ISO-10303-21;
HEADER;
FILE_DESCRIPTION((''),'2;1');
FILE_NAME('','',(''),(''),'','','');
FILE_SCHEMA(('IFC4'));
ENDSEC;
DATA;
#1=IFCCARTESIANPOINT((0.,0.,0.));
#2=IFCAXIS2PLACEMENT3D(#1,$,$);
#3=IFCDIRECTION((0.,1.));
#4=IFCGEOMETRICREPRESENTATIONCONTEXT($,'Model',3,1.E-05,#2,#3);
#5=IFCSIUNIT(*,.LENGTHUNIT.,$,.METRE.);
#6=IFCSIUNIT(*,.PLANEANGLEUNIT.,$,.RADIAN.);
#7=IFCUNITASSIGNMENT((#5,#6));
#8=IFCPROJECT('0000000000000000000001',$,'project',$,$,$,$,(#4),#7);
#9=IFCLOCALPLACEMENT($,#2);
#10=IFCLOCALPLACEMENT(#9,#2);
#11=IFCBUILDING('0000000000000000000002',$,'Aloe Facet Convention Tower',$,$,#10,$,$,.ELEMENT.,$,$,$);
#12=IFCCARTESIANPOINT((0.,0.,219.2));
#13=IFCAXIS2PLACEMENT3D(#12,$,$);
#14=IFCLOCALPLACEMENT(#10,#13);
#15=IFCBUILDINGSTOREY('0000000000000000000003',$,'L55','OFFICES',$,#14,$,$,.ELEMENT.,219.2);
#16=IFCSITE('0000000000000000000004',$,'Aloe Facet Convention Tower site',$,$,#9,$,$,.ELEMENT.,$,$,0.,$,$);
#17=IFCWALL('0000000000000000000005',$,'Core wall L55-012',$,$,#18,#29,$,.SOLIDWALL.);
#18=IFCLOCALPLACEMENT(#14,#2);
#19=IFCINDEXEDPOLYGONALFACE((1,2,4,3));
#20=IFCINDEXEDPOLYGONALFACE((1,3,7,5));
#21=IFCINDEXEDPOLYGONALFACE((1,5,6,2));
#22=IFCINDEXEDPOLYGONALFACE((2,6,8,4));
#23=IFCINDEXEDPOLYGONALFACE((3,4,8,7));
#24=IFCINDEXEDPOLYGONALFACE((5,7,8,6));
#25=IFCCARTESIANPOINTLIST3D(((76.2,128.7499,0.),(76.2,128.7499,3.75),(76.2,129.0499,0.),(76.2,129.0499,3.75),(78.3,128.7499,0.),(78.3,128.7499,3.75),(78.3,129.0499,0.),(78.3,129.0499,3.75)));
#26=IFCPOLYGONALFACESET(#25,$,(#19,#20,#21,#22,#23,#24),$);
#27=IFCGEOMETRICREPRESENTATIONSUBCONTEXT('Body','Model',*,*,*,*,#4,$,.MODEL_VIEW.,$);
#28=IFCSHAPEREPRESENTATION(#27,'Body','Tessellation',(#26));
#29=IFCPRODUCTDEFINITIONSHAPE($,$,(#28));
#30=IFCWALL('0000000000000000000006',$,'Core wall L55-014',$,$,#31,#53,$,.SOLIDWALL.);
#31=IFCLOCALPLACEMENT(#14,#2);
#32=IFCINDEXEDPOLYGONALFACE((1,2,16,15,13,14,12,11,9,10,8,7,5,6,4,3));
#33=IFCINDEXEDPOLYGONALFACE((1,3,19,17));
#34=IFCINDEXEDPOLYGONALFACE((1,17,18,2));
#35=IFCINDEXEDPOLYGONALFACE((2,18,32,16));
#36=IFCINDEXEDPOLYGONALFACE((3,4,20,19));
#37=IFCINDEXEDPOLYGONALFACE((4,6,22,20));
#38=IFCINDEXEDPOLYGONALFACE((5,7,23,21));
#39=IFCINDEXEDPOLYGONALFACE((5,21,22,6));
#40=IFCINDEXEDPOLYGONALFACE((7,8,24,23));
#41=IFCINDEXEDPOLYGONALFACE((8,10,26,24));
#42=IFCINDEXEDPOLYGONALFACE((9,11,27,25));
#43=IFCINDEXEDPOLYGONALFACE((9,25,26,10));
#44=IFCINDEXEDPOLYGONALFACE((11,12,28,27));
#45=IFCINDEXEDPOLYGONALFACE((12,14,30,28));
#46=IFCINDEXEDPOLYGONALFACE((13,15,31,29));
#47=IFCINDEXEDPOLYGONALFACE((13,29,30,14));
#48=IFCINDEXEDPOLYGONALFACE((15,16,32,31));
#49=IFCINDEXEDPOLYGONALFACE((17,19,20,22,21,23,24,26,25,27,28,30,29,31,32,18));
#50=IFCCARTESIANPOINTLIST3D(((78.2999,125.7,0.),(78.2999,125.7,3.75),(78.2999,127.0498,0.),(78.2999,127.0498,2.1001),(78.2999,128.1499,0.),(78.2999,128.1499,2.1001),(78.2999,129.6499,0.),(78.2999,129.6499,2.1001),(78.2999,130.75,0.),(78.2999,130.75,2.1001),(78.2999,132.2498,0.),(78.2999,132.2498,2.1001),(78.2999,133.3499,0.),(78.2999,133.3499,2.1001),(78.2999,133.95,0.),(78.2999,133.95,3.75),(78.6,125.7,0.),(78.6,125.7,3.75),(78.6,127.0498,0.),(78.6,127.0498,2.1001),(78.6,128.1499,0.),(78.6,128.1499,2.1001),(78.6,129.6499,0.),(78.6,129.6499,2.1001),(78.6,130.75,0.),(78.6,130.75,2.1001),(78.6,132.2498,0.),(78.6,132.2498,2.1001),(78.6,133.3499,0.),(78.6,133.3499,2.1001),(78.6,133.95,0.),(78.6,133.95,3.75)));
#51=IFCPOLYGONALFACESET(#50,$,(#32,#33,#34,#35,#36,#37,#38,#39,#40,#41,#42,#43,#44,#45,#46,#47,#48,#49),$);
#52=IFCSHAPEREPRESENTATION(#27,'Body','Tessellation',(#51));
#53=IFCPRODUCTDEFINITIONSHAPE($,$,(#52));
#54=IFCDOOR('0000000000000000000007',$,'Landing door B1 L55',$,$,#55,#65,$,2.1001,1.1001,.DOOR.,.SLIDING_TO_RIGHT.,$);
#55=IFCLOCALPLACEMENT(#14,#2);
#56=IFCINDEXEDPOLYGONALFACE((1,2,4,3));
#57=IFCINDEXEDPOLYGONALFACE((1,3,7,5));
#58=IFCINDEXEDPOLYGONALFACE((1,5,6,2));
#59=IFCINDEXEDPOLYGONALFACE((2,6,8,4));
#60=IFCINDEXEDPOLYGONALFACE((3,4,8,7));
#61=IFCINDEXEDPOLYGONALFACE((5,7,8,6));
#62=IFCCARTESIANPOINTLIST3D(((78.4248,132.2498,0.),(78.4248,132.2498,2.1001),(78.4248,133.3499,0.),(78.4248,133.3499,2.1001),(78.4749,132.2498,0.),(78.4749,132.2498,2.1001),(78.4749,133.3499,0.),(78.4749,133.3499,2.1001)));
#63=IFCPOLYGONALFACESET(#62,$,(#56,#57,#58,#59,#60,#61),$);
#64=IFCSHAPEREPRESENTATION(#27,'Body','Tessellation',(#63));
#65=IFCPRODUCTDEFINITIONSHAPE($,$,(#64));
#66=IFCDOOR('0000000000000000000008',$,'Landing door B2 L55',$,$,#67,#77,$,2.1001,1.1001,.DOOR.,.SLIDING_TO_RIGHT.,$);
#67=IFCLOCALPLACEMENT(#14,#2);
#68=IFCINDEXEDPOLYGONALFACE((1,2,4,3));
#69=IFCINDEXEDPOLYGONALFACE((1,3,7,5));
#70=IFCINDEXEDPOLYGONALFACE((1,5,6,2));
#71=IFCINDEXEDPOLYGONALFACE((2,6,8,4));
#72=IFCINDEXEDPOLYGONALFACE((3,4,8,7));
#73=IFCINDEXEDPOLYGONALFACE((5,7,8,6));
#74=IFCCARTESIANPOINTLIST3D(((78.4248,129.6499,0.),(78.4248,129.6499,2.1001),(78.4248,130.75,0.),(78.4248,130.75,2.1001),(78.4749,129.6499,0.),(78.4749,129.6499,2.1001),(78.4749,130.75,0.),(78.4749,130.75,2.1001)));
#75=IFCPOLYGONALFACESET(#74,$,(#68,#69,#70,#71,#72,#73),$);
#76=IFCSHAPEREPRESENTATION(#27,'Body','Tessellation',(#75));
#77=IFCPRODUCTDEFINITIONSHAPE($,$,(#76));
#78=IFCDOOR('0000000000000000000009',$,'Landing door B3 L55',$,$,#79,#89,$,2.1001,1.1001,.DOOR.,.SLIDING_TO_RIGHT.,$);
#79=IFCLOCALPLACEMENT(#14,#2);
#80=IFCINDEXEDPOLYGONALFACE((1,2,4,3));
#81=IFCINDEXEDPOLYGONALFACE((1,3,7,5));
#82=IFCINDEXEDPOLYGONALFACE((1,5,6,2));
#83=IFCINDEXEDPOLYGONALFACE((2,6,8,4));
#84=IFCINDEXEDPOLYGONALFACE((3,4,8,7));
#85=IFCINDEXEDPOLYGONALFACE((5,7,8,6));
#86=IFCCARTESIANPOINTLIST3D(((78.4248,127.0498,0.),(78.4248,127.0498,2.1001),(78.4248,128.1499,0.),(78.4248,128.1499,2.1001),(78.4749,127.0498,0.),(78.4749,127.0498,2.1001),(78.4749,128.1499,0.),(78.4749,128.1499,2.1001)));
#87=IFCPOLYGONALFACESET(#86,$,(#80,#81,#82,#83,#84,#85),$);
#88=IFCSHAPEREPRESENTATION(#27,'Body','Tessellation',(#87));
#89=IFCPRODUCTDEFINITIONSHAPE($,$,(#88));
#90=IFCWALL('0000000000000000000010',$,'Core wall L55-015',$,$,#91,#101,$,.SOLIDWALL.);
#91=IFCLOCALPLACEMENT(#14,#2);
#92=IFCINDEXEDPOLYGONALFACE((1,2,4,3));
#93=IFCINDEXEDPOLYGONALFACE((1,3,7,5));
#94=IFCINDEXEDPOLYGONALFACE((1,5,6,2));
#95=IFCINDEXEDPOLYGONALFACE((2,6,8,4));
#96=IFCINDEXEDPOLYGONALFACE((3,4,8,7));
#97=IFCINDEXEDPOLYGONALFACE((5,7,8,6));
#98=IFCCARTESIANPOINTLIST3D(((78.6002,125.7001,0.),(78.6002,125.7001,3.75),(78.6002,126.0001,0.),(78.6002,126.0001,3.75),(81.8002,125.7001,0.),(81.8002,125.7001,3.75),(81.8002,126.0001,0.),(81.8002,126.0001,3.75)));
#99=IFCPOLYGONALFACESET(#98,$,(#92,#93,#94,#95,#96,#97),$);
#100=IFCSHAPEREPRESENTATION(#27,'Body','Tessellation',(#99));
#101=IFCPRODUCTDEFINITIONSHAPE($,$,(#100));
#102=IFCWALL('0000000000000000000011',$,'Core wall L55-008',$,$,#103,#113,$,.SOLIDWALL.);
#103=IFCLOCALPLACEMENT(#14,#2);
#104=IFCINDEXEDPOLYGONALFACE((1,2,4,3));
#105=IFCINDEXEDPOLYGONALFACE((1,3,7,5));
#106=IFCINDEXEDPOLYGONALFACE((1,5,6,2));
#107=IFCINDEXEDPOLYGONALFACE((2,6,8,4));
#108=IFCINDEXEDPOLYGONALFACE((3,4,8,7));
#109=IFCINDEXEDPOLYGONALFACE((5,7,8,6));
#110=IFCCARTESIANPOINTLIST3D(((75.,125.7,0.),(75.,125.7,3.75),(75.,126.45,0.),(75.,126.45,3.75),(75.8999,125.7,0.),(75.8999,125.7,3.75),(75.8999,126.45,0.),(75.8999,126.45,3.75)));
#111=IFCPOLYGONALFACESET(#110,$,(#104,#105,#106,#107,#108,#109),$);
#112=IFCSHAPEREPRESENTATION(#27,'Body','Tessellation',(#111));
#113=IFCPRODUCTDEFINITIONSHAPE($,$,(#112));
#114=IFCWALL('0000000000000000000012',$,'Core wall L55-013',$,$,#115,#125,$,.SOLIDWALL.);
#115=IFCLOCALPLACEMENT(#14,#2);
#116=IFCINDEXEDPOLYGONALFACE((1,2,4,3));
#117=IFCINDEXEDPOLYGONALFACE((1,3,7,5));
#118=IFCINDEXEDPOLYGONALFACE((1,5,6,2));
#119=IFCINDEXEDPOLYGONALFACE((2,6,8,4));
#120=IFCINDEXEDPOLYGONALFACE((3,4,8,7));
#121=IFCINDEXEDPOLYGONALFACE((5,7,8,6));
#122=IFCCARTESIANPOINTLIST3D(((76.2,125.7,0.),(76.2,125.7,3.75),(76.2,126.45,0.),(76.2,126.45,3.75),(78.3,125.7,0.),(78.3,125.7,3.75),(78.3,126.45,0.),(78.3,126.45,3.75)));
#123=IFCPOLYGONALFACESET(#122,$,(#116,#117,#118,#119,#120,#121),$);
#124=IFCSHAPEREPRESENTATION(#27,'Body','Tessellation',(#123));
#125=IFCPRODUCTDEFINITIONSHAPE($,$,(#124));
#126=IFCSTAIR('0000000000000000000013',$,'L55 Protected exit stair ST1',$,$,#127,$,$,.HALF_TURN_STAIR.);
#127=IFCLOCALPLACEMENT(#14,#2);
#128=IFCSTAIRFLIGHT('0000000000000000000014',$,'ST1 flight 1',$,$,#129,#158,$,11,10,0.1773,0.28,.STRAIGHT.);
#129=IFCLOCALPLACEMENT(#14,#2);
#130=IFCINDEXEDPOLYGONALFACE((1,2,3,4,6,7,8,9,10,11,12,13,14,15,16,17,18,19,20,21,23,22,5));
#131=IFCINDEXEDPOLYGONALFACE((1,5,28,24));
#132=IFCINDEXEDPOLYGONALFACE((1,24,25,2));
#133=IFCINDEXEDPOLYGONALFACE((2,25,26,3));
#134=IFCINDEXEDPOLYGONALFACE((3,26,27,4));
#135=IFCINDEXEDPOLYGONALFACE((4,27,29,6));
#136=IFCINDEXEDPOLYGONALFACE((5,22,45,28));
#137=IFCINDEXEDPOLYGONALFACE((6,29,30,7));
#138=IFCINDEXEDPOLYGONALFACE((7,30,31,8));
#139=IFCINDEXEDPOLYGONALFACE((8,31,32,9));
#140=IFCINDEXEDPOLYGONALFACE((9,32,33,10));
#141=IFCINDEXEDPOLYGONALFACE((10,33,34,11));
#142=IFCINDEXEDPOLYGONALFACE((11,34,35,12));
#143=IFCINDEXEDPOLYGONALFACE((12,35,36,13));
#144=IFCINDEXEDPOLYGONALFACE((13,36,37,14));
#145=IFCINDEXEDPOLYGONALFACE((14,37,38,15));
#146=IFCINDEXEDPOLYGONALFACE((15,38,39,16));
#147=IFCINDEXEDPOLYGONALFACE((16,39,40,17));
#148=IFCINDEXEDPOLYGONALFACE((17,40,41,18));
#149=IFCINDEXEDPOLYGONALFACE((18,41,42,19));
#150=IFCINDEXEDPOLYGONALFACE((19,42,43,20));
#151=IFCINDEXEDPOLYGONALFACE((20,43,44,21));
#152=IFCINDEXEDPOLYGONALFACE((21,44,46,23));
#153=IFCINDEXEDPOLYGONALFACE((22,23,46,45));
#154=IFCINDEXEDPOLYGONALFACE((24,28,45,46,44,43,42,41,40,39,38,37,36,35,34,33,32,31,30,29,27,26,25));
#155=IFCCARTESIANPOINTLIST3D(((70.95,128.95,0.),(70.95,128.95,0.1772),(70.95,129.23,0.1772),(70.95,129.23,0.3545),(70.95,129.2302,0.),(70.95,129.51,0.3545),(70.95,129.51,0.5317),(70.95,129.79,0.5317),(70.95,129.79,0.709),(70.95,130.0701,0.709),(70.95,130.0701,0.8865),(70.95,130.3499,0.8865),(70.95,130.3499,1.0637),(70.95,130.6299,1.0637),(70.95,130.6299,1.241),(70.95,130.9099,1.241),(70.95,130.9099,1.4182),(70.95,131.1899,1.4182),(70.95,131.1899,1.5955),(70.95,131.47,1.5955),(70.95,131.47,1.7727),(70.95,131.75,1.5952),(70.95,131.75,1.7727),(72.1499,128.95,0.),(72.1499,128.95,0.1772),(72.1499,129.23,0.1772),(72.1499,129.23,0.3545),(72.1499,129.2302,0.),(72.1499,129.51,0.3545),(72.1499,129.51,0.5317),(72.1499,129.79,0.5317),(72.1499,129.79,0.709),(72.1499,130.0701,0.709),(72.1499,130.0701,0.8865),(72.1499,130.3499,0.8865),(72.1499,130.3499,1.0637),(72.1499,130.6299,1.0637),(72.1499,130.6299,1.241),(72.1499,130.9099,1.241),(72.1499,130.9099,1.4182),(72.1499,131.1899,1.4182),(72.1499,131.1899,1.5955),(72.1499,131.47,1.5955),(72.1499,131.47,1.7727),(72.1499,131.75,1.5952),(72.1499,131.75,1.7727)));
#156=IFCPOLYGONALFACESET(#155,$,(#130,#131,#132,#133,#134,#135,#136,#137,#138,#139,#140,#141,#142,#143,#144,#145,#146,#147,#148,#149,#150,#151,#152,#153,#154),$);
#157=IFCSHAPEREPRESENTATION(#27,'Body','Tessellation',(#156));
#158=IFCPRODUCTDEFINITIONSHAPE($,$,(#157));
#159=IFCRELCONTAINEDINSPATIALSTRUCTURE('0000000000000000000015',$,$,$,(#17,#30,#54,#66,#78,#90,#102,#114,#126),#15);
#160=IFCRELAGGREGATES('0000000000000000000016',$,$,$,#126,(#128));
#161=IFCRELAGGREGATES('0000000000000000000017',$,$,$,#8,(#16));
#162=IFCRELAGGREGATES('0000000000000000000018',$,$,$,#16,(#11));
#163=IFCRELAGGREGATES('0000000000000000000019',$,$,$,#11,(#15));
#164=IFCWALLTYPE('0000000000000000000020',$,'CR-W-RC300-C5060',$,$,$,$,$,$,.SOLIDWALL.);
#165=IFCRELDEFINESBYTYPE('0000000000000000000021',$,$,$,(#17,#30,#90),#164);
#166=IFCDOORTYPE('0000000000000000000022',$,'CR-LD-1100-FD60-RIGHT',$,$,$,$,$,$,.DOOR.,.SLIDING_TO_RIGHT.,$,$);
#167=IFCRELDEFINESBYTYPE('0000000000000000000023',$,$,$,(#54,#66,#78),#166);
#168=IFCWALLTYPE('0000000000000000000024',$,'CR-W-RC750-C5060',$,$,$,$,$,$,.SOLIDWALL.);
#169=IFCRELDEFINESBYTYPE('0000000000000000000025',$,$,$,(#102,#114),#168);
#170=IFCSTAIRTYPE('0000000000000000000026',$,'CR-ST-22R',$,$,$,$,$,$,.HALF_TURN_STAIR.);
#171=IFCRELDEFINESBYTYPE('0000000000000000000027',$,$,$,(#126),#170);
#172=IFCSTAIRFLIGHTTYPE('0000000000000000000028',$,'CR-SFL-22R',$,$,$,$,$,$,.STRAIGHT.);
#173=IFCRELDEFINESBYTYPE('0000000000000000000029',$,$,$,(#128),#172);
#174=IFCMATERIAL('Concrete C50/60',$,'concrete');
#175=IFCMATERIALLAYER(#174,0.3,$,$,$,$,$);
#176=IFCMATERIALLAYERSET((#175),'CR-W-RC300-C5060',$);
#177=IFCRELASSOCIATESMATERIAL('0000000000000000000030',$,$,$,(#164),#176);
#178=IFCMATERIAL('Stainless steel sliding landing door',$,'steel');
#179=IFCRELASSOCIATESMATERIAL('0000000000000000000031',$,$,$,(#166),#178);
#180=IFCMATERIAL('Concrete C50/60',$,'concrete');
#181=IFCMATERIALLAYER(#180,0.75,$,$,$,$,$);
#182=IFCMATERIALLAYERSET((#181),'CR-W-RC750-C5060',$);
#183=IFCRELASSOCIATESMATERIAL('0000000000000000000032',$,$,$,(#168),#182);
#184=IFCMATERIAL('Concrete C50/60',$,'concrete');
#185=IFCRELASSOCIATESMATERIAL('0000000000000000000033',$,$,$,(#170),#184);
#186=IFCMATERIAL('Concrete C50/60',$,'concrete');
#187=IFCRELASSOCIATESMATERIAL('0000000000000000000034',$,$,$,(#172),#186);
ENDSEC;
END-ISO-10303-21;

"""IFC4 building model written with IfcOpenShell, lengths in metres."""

from ifc_helpers import new_model, si_unit, direction, frame, frame_2d, origin, place, context, subcontext, project, spatial, polyline, rectangle, outline, extrude, material, layer, layer_set, type_object, element, fill, aggregate, save


model = new_model("IFC4")

# Units and contexts
model_context = context("Model", 3, precision=1e-05, world=origin(), true_north=direction((0.0, 1.0)))
body_context = subcontext(model_context, "Body", "Model", "MODEL_VIEW")
ifc_project = project(units=[si_unit("LENGTHUNIT", "METRE"), si_unit("PLANEANGLEUNIT", "RADIAN")], contexts=[model_context])

# Site, building, storey
site_placement = place(None, origin())
site = spatial("IfcSite", under=ifc_project, at=site_placement, Name="Aloe Facet Convention Tower site", CompositionType="ELEMENT", RefElevation=0.0)
building_placement = place(site_placement, origin())
building = spatial("IfcBuilding", under=site, at=building_placement, Name="Aloe Facet Convention Tower", CompositionType="ELEMENT")
storey_placement = place(building_placement, frame((0.0, 0.0, 219.2)))
storey = spatial("IfcBuildingStorey", under=building, at=storey_placement, Name="L55", Description="OFFICES", CompositionType="ELEMENT", Elevation=219.2)

# Shared definitions
ifc_material_1 = material(Name="Concrete C50/60", Category="concrete")
ifc_layer_1 = layer(ifc_material_1, 0.3)
ifc_layer_set_1 = layer_set([ifc_layer_1], Name="CR-W-RC300-C5060")
wall_type_1 = type_object("IfcWallType", Name="CR-W-RC300-C5060", PredefinedType="SOLIDWALL", material=ifc_layer_set_1)

# Wall
for number, where, z_axis, x_axis, name in (
    (1, (76.2, 128.8999, 0.0), (0.0, 0.0, 1.0), (1.0, 0.0, 0.0), "Core wall L55-012"),
):
    element("IfcWall", number, at=place(storey_placement, frame(where, z_axis=z_axis, x_axis=x_axis)), inside=storey, type_object=wall_type_1, Name=name, PredefinedType="SOLIDWALL", context=body_context, shape_type="SweptSolid", body=[
        extrude(rectangle(XDim=2.1001, YDim=0.3, at=frame_2d((1.05, 0.0))), origin(), (0.0, 0.0, 1.0), 3.75),
    ])

# Wall, openings, doors
wall_1_placement = place(storey_placement, frame((78.45, 133.95, 0.0), z_axis=(0.0, 0.0, 1.0), x_axis=(0.0, -1.0, 0.0)))
wall_1 = element("IfcWall", 2, at=wall_1_placement, inside=storey, type_object=wall_type_1, Name="Core wall L55-014", PredefinedType="SOLIDWALL", context=body_context, shape_type="SweptSolid", body=[
    extrude(rectangle(XDim=8.25, YDim=0.3, at=frame_2d((4.125, 0.0))), origin(), (0.0, 0.0, 1.0), 3.75),
])
opening_1_placement = place(wall_1_placement, frame((0.6001, 0.0, 0.0)))
opening_1 = element("IfcOpeningElement", 3, at=opening_1_placement, cuts=wall_1, PredefinedType="OPENING", context=body_context, shape_type="SweptSolid", body=[
    extrude(rectangle(XDim=1.1001, YDim=2.1001, at=frame_2d((0.55, 1.05))), frame((0.0, 0.1602, 0.0), z_axis=(0.0, -1.0, 0.0), x_axis=(1.0, 0.0, 0.0)), (0.0, 0.0, 1.0), 0.3201),
])
opening_2_placement = place(wall_1_placement, frame((3.2, 0.0, 0.0)))
opening_2 = element("IfcOpeningElement", 4, at=opening_2_placement, cuts=wall_1, PredefinedType="OPENING", context=body_context, shape_type="SweptSolid", body=[
    extrude(rectangle(XDim=1.1001, YDim=2.1001, at=frame_2d((0.55, 1.05))), frame((0.0, 0.1602, 0.0), z_axis=(0.0, -1.0, 0.0), x_axis=(1.0, 0.0, 0.0)), (0.0, 0.0, 1.0), 0.3201),
])
opening_3_placement = place(wall_1_placement, frame((5.8, 0.0, 0.0)))
opening_3 = element("IfcOpeningElement", 5, at=opening_3_placement, cuts=wall_1, PredefinedType="OPENING", context=body_context, shape_type="SweptSolid", body=[
    extrude(rectangle(XDim=1.1001, YDim=2.1001, at=frame_2d((0.55, 1.05))), frame((0.0, 0.1602, 0.0), z_axis=(0.0, -1.0, 0.0), x_axis=(1.0, 0.0, 0.0)), (0.0, 0.0, 1.0), 0.3201),
])
ifc_material_2 = material(Name="Stainless steel sliding landing door", Category="steel")
door_type_1 = type_object("IfcDoorType", Name="CR-LD-1100-FD60-RIGHT", OperationType="SLIDING_TO_RIGHT", PredefinedType="DOOR", material=ifc_material_2)
door_1_placement = place(opening_1_placement, origin())
door_1 = element("IfcDoor", 6, at=door_1_placement, inside=storey, type_object=door_type_1, Name="Landing door B1 L55", OperationType="SLIDING_TO_RIGHT", OverallHeight=2.1001, OverallWidth=1.1001, PredefinedType="DOOR", context=body_context, shape_type="SweptSolid", body=[
    extrude(rectangle(XDim=1.1001, YDim=2.1001, at=frame_2d((0.55, 1.05))), frame((0.0, 0.0249, 0.0), z_axis=(0.0, -1.0, 0.0), x_axis=(1.0, 0.0, 0.0)), (0.0, 0.0, 1.0), 0.05),
])
fill(opening_1, door_1)
door_2_placement = place(opening_2_placement, origin())
door_2 = element("IfcDoor", 7, at=door_2_placement, inside=storey, type_object=door_type_1, Name="Landing door B2 L55", OperationType="SLIDING_TO_RIGHT", OverallHeight=2.1001, OverallWidth=1.1001, PredefinedType="DOOR", context=body_context, shape_type="SweptSolid", body=[
    extrude(rectangle(XDim=1.1001, YDim=2.1001, at=frame_2d((0.55, 1.05))), frame((0.0, 0.0249, 0.0), z_axis=(0.0, -1.0, 0.0), x_axis=(1.0, 0.0, 0.0)), (0.0, 0.0, 1.0), 0.05),
])
fill(opening_2, door_2)
door_3_placement = place(opening_3_placement, origin())
door_3 = element("IfcDoor", 8, at=door_3_placement, inside=storey, type_object=door_type_1, Name="Landing door B3 L55", OperationType="SLIDING_TO_RIGHT", OverallHeight=2.1001, OverallWidth=1.1001, PredefinedType="DOOR", context=body_context, shape_type="SweptSolid", body=[
    extrude(rectangle(XDim=1.1001, YDim=2.1001, at=frame_2d((0.55, 1.05))), frame((0.0, 0.0249, 0.0), z_axis=(0.0, -1.0, 0.0), x_axis=(1.0, 0.0, 0.0)), (0.0, 0.0, 1.0), 0.05),
])
fill(opening_3, door_3)

# Walls
wall_2_placement = place(storey_placement, frame((78.6001, 125.8501, 0.0), z_axis=(0.0, 0.0, 1.0), x_axis=(1.0, 0.0, 0.0)))
element("IfcWall", 9, at=wall_2_placement, inside=storey, type_object=wall_type_1, Name="Core wall L55-015", PredefinedType="SOLIDWALL", context=body_context, shape_type="SweptSolid", body=[
    extrude(rectangle(XDim=3.2, YDim=0.3, at=frame_2d((1.6001, 0.0))), origin(), (0.0, 0.0, 1.0), 3.75),
])
ifc_material_3 = material(Name="Concrete C50/60", Category="concrete")
ifc_layer_2 = layer(ifc_material_3, 0.75)
ifc_layer_set_2 = layer_set([ifc_layer_2], Name="CR-W-RC750-C5060")
wall_type_2 = type_object("IfcWallType", Name="CR-W-RC750-C5060", PredefinedType="SOLIDWALL", material=ifc_layer_set_2)
wall_3_placement = place(storey_placement, frame((75.0, 126.075, 0.0), z_axis=(0.0, 0.0, 1.0), x_axis=(1.0, 0.0, 0.0)))
element("IfcWall", 10, at=wall_3_placement, inside=storey, type_object=wall_type_2, Name="Core wall L55-008", PredefinedType="SOLIDWALL", context=body_context, shape_type="SweptSolid", body=[
    extrude(rectangle(XDim=0.8999, YDim=0.75, at=frame_2d((0.45, 0.0))), origin(), (0.0, 0.0, 1.0), 3.75),
])
wall_4_placement = place(storey_placement, frame((76.2, 126.075, 0.0), z_axis=(0.0, 0.0, 1.0), x_axis=(1.0, 0.0, 0.0)))
element("IfcWall", 11, at=wall_4_placement, inside=storey, type_object=wall_type_2, Name="Core wall L55-013", PredefinedType="SOLIDWALL", context=body_context, shape_type="SweptSolid", body=[
    extrude(rectangle(XDim=2.1001, YDim=0.75, at=frame_2d((1.05, 0.0))), origin(), (0.0, 0.0, 1.0), 3.75),
])

# Stair, stair flight
ifc_material_4 = material(Name="Concrete C50/60", Category="concrete")
stair_type = type_object("IfcStairType", Name="CR-ST-22R", PredefinedType="HALF_TURN_STAIR", material=ifc_material_4)
stair_1_placement = place(storey_placement, origin())
stair_1 = element("IfcStair", 12, at=stair_1_placement, inside=storey, type_object=stair_type, Name="L55 Protected exit stair ST1", PredefinedType="HALF_TURN_STAIR")
ifc_material_5 = material(Name="Concrete C50/60", Category="concrete")
stair_flight_type = type_object("IfcStairFlightType", Name="CR-SFL-22R", PredefinedType="STRAIGHT", material=ifc_material_5)
stair_flight_1_placement = place(storey_placement, frame((71.55, 128.95, 0.0), z_axis=(0.0, 0.0, 1.0), x_axis=(0.0, 1.0, 0.0)))
stair_flight_1 = element("IfcStairFlight", 13, at=stair_flight_1_placement, type_object=stair_flight_type, Name="ST1 flight 1", NumberOfRisers=11, NumberOfTreads=10, PredefinedType="STRAIGHT", RiserHeight=0.1773, TreadLength=0.28, context=body_context, shape_type="SweptSolid", body=[
    extrude(outline(polyline([(0.0, 0.0), (0.0, 0.1772), (0.28, 0.1772), (0.28, 0.3545), (0.5601, 0.3545), (0.5601, 0.5317), (0.8401, 0.5317), (0.8401, 0.709), (1.1201, 0.709), (1.1201, 0.8865), (1.3999, 0.8865), (1.3999, 1.0637), (1.6799, 1.0637), (1.6799, 1.241), (1.96, 1.241), (1.96, 1.4182), (2.24, 1.4182), (2.24, 1.5955), (2.52, 1.5955), (2.52, 1.7727), (2.8, 1.7727), (2.8, 1.95), (2.8, 1.5952), (0.2803, 0.0), (0.0, 0.0)])), frame((0.0, 0.6001, 0.0), z_axis=(0.0, -1.0, 0.0), x_axis=(1.0, 0.0, 0.0)), (0.0, 0.0, 1.0), 1.2),
])
aggregate(stair_1, [stair_flight_1])

save(model, "model.ifc")
